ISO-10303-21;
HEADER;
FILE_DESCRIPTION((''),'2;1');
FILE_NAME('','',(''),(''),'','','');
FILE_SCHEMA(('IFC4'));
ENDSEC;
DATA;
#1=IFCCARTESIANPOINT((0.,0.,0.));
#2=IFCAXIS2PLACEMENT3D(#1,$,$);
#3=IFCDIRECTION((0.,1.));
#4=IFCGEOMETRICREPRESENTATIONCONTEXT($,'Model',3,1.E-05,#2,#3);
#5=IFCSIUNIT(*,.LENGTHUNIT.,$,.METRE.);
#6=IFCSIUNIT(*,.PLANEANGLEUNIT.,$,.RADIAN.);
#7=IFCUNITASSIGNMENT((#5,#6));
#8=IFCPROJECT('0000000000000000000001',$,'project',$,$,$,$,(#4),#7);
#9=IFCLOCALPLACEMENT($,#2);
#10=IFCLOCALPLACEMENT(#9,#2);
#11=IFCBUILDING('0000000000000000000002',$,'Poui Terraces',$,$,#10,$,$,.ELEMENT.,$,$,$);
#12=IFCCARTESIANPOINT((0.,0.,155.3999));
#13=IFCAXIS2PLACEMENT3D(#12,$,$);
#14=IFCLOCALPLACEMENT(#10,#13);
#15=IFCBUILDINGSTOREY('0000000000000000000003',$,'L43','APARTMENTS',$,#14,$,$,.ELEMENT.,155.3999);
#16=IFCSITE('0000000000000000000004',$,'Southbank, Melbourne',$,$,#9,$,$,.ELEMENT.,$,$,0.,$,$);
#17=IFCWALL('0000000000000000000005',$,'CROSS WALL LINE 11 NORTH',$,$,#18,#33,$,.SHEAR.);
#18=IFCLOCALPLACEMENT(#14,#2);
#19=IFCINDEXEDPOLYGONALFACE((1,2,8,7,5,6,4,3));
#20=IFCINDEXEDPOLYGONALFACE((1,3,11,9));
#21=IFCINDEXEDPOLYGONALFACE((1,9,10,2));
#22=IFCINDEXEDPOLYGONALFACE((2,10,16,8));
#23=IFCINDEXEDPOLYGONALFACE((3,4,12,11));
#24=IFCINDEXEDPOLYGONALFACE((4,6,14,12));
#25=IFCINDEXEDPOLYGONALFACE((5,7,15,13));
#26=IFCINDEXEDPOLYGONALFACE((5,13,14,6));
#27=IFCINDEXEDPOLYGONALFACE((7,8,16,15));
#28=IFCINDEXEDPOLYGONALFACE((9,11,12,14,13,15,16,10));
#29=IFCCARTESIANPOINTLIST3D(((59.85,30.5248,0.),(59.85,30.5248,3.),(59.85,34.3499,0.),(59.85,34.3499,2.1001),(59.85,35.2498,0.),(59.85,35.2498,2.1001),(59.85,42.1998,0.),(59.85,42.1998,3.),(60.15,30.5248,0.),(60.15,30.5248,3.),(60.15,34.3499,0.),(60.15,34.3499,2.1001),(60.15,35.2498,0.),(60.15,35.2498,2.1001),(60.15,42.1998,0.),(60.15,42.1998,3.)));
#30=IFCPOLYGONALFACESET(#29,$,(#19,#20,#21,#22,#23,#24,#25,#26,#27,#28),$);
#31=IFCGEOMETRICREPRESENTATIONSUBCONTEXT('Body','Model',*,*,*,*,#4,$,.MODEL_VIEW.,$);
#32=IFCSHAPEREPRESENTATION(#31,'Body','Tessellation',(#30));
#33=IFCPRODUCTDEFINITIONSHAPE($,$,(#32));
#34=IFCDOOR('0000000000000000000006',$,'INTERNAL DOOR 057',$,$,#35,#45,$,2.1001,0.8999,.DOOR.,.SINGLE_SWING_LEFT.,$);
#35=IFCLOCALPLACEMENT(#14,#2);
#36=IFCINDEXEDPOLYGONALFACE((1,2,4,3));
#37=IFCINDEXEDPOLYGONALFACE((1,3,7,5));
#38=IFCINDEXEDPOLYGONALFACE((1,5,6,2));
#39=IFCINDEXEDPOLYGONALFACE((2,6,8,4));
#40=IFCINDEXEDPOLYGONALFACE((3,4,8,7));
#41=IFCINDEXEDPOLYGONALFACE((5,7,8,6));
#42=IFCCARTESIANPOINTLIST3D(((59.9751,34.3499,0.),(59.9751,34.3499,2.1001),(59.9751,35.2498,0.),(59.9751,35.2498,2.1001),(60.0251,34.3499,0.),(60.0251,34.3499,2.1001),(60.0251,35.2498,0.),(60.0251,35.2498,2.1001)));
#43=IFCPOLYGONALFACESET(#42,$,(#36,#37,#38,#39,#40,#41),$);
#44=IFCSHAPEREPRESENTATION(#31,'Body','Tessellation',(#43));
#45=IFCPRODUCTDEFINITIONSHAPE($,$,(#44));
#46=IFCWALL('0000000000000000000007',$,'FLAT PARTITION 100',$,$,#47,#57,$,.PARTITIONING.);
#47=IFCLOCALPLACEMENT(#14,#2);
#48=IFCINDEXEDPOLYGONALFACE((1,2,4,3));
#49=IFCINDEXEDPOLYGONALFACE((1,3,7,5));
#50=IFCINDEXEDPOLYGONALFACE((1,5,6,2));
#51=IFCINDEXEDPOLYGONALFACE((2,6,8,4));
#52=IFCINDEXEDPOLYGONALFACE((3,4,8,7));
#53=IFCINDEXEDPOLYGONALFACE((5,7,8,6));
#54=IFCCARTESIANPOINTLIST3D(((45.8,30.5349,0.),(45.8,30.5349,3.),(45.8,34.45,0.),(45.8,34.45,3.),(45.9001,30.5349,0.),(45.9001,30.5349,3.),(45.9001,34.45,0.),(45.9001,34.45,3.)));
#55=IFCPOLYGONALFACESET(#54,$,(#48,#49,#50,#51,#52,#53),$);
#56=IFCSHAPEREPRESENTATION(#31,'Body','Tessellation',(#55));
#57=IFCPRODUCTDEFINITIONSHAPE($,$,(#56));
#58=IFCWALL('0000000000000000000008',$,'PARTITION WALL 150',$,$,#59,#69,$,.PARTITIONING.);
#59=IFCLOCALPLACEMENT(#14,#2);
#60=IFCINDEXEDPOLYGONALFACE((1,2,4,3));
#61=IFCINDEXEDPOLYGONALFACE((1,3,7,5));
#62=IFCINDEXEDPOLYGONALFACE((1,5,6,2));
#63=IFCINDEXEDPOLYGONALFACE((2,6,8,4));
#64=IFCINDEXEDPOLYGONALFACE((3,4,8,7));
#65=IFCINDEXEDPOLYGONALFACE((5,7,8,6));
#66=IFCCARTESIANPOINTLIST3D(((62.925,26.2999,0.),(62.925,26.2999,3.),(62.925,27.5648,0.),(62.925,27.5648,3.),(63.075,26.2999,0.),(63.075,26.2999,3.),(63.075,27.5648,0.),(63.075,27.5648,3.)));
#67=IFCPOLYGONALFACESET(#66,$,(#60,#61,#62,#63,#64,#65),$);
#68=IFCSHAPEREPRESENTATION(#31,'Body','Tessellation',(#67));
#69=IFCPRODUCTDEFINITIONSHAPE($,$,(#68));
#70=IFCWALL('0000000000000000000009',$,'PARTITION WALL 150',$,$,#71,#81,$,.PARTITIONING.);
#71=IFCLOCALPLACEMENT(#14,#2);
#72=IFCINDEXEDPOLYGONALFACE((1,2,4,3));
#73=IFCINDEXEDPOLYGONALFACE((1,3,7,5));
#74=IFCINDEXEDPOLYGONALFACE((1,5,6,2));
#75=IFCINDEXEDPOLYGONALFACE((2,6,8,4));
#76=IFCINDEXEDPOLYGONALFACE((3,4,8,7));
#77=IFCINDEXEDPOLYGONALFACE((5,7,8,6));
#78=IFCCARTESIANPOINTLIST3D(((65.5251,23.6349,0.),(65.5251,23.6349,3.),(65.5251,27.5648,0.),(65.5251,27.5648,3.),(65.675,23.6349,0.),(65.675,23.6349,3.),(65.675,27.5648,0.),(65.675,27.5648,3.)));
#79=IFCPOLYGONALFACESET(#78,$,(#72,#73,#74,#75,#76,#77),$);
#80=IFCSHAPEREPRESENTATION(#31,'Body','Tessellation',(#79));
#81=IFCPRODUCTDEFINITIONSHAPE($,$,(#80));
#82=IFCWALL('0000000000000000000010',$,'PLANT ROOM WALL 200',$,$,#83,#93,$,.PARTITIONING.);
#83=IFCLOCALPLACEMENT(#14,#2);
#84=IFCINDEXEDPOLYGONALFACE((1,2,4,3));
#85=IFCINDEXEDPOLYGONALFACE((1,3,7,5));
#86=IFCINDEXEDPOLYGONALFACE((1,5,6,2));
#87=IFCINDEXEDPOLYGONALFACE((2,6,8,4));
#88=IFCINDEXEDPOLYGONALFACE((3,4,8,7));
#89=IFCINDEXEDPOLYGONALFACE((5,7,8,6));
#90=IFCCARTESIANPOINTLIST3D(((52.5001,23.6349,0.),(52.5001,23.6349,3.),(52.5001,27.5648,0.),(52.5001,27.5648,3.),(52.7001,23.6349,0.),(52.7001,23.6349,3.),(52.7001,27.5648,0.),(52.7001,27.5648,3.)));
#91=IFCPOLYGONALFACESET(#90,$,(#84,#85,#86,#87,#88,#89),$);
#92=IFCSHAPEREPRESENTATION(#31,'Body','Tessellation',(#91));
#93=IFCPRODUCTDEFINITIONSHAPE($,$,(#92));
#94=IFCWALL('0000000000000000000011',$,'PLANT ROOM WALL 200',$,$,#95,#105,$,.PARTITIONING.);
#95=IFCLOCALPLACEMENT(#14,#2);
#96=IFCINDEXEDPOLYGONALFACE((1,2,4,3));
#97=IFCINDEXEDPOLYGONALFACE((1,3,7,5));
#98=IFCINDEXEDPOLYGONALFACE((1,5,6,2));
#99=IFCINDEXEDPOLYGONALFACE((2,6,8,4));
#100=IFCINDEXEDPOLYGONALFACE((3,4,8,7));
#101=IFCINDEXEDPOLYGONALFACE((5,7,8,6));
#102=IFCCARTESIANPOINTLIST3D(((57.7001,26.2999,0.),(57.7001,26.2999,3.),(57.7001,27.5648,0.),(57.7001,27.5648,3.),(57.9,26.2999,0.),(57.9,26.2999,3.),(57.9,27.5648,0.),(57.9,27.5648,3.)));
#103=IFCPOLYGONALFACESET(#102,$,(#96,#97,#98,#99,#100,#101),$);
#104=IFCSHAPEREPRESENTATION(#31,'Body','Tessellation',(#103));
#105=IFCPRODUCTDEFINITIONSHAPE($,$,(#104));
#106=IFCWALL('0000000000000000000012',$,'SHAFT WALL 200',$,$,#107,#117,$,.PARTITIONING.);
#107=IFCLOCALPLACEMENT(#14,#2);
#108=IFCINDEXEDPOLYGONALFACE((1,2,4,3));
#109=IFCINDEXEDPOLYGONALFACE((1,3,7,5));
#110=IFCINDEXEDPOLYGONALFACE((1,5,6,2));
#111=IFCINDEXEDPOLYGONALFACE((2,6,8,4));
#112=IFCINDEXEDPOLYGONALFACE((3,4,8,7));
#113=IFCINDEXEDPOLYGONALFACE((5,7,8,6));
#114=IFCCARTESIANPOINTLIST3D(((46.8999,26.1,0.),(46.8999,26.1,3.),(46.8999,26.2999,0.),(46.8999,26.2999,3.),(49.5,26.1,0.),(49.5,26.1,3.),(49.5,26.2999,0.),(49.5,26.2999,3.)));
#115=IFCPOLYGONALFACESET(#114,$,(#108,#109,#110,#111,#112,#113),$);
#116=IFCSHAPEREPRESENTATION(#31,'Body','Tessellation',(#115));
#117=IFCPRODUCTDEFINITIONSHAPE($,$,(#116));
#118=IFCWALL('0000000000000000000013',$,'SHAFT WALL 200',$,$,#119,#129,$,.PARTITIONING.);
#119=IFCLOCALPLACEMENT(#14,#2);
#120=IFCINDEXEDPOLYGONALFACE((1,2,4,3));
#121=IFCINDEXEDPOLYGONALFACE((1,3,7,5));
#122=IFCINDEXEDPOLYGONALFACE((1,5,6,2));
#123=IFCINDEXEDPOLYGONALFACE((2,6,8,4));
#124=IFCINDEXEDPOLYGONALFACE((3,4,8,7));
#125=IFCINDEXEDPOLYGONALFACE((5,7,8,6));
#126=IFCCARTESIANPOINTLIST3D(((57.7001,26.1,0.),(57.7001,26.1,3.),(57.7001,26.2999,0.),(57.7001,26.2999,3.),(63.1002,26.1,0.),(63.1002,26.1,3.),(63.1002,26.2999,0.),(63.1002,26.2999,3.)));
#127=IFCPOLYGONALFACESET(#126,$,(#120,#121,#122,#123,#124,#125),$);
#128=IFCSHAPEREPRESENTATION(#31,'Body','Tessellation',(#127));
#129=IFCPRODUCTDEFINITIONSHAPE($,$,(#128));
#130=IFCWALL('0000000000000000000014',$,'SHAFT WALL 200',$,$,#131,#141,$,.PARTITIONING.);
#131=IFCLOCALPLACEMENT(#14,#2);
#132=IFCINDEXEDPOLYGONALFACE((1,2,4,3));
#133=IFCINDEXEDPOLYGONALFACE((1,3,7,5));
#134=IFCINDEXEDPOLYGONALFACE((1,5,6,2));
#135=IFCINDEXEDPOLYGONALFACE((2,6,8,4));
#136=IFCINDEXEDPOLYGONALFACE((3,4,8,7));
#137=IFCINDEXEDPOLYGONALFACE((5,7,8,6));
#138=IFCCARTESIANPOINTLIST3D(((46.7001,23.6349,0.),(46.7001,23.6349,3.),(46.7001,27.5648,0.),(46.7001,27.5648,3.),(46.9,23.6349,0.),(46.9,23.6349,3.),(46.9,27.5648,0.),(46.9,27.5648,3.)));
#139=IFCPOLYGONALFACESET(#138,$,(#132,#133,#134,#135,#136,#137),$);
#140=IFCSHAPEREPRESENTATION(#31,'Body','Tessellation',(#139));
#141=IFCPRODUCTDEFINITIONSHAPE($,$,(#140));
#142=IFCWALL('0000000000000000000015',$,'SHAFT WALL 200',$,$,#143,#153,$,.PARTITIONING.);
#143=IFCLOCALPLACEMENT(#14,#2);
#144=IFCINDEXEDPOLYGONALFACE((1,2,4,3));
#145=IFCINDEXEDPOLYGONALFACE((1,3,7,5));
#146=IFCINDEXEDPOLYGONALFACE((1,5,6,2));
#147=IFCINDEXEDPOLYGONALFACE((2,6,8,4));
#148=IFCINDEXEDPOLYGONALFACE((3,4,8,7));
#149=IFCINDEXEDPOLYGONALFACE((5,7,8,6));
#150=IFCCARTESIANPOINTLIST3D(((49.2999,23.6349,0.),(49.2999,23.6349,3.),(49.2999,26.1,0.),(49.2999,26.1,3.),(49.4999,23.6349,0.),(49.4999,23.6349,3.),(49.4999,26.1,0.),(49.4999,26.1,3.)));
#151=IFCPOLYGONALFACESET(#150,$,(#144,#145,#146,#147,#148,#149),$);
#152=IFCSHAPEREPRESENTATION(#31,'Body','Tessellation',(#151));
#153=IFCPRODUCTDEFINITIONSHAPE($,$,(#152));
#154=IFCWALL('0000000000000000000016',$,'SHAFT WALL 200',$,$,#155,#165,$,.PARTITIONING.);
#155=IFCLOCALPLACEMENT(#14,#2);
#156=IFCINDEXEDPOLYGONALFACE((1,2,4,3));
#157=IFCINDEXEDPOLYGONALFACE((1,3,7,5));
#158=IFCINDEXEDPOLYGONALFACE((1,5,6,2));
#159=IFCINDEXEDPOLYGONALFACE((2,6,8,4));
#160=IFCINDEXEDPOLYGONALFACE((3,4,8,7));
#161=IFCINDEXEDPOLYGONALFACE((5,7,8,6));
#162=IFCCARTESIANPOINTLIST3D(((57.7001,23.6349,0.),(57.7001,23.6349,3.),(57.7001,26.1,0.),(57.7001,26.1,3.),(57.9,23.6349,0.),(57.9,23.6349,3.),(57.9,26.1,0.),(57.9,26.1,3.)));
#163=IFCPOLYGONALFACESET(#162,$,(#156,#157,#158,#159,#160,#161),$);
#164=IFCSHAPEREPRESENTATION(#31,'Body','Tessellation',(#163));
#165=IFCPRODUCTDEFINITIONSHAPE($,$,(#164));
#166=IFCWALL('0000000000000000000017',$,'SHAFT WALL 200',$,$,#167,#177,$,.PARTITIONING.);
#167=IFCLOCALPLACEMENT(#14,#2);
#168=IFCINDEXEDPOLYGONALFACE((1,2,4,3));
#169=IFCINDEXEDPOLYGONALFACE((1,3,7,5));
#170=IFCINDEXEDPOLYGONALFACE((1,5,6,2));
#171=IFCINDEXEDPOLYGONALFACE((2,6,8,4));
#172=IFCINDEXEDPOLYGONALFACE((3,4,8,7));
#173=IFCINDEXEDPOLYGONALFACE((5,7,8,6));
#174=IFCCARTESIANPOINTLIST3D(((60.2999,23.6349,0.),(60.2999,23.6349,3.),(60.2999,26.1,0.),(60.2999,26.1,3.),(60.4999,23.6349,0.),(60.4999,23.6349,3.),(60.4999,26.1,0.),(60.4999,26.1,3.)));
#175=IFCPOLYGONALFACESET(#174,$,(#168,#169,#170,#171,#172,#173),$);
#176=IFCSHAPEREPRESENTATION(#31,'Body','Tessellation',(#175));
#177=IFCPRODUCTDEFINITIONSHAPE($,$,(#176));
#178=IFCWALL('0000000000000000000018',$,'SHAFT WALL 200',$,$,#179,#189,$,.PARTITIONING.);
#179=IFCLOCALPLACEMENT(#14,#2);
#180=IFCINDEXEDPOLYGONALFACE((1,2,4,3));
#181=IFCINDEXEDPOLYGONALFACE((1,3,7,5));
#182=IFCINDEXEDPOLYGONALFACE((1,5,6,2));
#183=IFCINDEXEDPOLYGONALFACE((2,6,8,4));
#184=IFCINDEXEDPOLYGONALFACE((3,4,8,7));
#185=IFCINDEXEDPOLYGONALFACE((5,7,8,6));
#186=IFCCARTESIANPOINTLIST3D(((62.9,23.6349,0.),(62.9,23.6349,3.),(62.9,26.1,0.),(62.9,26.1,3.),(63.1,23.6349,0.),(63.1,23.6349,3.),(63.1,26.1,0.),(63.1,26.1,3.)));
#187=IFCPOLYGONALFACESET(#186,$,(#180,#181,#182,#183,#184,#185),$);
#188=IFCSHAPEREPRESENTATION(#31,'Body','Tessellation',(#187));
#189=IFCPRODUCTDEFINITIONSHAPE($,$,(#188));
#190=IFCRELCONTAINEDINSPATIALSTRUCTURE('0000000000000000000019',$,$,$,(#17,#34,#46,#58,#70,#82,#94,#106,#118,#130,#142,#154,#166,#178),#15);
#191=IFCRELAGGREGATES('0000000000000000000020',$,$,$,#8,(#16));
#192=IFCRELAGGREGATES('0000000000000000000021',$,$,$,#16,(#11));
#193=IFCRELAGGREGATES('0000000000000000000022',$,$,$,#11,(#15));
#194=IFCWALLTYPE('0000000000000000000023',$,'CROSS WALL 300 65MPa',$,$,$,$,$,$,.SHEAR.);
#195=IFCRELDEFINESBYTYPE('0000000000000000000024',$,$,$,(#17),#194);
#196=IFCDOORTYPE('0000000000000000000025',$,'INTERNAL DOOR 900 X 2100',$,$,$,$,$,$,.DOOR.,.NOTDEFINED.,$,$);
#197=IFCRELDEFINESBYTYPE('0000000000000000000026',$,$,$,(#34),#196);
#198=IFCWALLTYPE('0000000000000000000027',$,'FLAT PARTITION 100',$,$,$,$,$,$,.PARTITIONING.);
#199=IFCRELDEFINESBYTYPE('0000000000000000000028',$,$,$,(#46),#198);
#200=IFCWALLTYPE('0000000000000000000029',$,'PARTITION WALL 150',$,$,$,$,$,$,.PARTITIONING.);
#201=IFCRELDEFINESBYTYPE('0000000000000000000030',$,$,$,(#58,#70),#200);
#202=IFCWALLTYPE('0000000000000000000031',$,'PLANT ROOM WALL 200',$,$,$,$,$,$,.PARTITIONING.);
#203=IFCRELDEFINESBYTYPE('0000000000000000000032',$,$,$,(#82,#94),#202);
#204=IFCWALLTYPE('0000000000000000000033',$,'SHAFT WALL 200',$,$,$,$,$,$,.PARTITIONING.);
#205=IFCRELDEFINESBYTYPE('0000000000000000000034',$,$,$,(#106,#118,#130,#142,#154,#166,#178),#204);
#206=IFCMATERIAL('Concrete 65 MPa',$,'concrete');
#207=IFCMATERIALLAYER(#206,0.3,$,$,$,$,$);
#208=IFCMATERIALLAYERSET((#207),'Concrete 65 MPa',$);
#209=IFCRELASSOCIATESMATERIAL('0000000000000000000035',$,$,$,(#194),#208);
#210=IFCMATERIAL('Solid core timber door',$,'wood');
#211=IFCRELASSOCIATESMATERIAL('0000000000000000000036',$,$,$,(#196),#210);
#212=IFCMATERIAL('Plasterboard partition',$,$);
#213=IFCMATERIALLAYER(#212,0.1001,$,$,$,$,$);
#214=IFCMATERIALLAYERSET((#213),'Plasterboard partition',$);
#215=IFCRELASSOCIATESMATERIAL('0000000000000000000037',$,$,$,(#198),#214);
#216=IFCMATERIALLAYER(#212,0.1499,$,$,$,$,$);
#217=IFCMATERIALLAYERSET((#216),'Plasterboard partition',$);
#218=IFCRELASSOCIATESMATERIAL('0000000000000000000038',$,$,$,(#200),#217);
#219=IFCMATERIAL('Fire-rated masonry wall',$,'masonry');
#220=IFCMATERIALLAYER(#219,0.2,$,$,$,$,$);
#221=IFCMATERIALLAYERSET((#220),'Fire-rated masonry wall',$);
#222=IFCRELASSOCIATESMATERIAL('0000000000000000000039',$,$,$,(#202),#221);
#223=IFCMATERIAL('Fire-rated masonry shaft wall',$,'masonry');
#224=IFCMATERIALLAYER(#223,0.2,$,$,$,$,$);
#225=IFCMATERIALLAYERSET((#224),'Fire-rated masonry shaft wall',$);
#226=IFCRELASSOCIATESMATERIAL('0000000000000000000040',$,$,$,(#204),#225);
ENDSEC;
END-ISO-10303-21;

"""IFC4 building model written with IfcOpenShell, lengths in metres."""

from ifc_helpers import new_model, si_unit, direction, frame, frame_2d, origin, place, context, subcontext, project, spatial, rectangle, extrude, material, layer, layer_set, type_object, element, fill, save


model = new_model("IFC4")

# Units and contexts
model_context = context("Model", 3, precision=1e-05, world=origin(), true_north=direction((0.0, 1.0)))
body_context = subcontext(model_context, "Body", "Model", "MODEL_VIEW")
ifc_project = project(units=[si_unit("LENGTHUNIT", "METRE"), si_unit("PLANEANGLEUNIT", "RADIAN")], contexts=[model_context])

# Site, building, storey
site_placement = place(None, origin())
site = spatial("IfcSite", under=ifc_project, at=site_placement, Name="Southbank, Melbourne", CompositionType="ELEMENT", RefElevation=0.0)
building_placement = place(site_placement, origin())
building = spatial("IfcBuilding", under=site, at=building_placement, Name="Poui Terraces", CompositionType="ELEMENT")
storey_placement = place(building_placement, frame((0.0, 0.0, 155.3999)))
storey = spatial("IfcBuildingStorey", under=building, at=storey_placement, Name="L43", Description="APARTMENTS", CompositionType="ELEMENT", Elevation=155.3999)

# Shared definitions
ifc_material_1 = material(Name="Concrete 65 MPa", Category="concrete")

# Shared definitions
ifc_layer_1 = layer(ifc_material_1, 0.3)
ifc_layer_set_1 = layer_set([ifc_layer_1], Name="Concrete 65 MPa")
wall_type_1 = type_object("IfcWallType", Name="CROSS WALL 300 65MPa", PredefinedType="SHEAR", material=ifc_layer_set_1)

# Wall, opening, door
ifc_material_2 = material(Name="Solid core timber door", Category="wood")
door_type_1 = type_object("IfcDoorType", Name="INTERNAL DOOR 900 X 2100", OperationType="NOTDEFINED", PredefinedType="DOOR", material=ifc_material_2)
wall_1_placement = place(storey_placement, frame((60.0, 30.5249, 0.0), z_axis=(0.0, 0.0, 1.0), x_axis=(0.0, 1.0, 0.0)))
wall_1 = element("IfcWall", 1, at=wall_1_placement, inside=storey, type_object=wall_type_1, Name="CROSS WALL LINE 11 NORTH", PredefinedType="SHEAR", context=body_context, shape_type="SweptSolid", body=[
    extrude(rectangle(XDim=11.675, YDim=0.3, at=frame_2d((5.8374, 0.0))), origin(), (0.0, 0.0, 1.0), 3.0),
])
opening_1_placement = place(wall_1_placement, frame((3.825, 0.0, 0.0)))
opening_1 = element("IfcOpeningElement", 2, at=opening_1_placement, cuts=wall_1, PredefinedType="OPENING", context=body_context, shape_type="SweptSolid", body=[
    extrude(rectangle(XDim=0.8999, YDim=2.1001, at=frame_2d((0.45, 1.05))), frame((0.0, 0.1602, 0.0), z_axis=(0.0, -1.0, 0.0), x_axis=(1.0, 0.0, 0.0)), (0.0, 0.0, 1.0), 0.3201),
])
door_1_placement = place(opening_1_placement, origin())
door_1 = element("IfcDoor", 3, at=door_1_placement, inside=storey, type_object=door_type_1, Name="INTERNAL DOOR 057", OperationType="SINGLE_SWING_LEFT", OverallHeight=2.1001, OverallWidth=0.8999, PredefinedType="DOOR", context=body_context, shape_type="SweptSolid", body=[
    extrude(rectangle(XDim=0.8999, YDim=2.1001, at=frame_2d((0.45, 1.05))), frame((0.0, 0.0249, 0.0), z_axis=(0.0, -1.0, 0.0), x_axis=(1.0, 0.0, 0.0)), (0.0, 0.0, 1.0), 0.05),
])
fill(opening_1, door_1)

# Walls
ifc_material_3 = material(Name="Plasterboard partition")
ifc_layer_2 = layer(ifc_material_3, 0.1001)
ifc_layer_set_2 = layer_set([ifc_layer_2], Name="Plasterboard partition")
wall_type_2 = type_object("IfcWallType", Name="FLAT PARTITION 100", PredefinedType="PARTITIONING", material=ifc_layer_set_2)
wall_2_placement = place(storey_placement, frame((45.8501, 30.5349, 0.0), z_axis=(0.0, 0.0, 1.0), x_axis=(0.0, 1.0, 0.0)))
element("IfcWall", 4, at=wall_2_placement, inside=storey, type_object=wall_type_2, Name="FLAT PARTITION 100", PredefinedType="PARTITIONING", context=body_context, shape_type="SweptSolid", body=[
    extrude(rectangle(XDim=3.915, YDim=0.1001, at=frame_2d((1.9575, 0.0))), origin(), (0.0, 0.0, 1.0), 3.0),
])
ifc_layer_3 = layer(ifc_material_3, 0.1499)
ifc_layer_set_3 = layer_set([ifc_layer_3], Name="Plasterboard partition")
wall_type_3 = type_object("IfcWallType", Name="PARTITION WALL 150", PredefinedType="PARTITIONING", material=ifc_layer_set_3)
wall_3_placement = place(storey_placement, frame((63.0, 26.3, 0.0), z_axis=(0.0, 0.0, 1.0), x_axis=(0.0, 1.0, 0.0)))
element("IfcWall", 5, at=wall_3_placement, inside=storey, type_object=wall_type_3, Name="PARTITION WALL 150", PredefinedType="PARTITIONING", context=body_context, shape_type="SweptSolid", body=[
    extrude(rectangle(XDim=1.2649, YDim=0.1499, at=frame_2d((0.6323, 0.0))), origin(), (0.0, 0.0, 1.0), 3.0),
])
wall_4_placement = place(storey_placement, frame((65.6001, 23.635, 0.0), z_axis=(0.0, 0.0, 1.0), x_axis=(0.0, 1.0, 0.0)))
element("IfcWall", 6, at=wall_4_placement, inside=storey, type_object=wall_type_3, Name="PARTITION WALL 150", PredefinedType="PARTITIONING", context=body_context, shape_type="SweptSolid", body=[
    extrude(rectangle(XDim=3.9299, YDim=0.1499, at=frame_2d((1.9648, 0.0))), origin(), (0.0, 0.0, 1.0), 3.0),
])
ifc_material_4 = material(Name="Fire-rated masonry wall", Category="masonry")
ifc_layer_4 = layer(ifc_material_4, 0.2)
ifc_layer_set_4 = layer_set([ifc_layer_4], Name="Fire-rated masonry wall")
wall_type_4 = type_object("IfcWallType", Name="PLANT ROOM WALL 200", PredefinedType="PARTITIONING", material=ifc_layer_set_4)
wall_5_placement = place(storey_placement, frame((52.6001, 23.635, 0.0), z_axis=(0.0, 0.0, 1.0), x_axis=(0.0, 1.0, 0.0)))
element("IfcWall", 7, at=wall_5_placement, inside=storey, type_object=wall_type_4, Name="PLANT ROOM WALL 200", PredefinedType="PARTITIONING", context=body_context, shape_type="SweptSolid", body=[
    extrude(rectangle(XDim=3.9299, YDim=0.2, at=frame_2d((1.9648, 0.0))), origin(), (0.0, 0.0, 1.0), 3.0),
])
wall_6_placement = place(storey_placement, frame((57.8, 26.3, 0.0), z_axis=(0.0, 0.0, 1.0), x_axis=(0.0, 1.0, 0.0)))
element("IfcWall", 8, at=wall_6_placement, inside=storey, type_object=wall_type_4, Name="PLANT ROOM WALL 200", PredefinedType="PARTITIONING", context=body_context, shape_type="SweptSolid", body=[
    extrude(rectangle(XDim=1.2649, YDim=0.2, at=frame_2d((0.6323, 0.0))), origin(), (0.0, 0.0, 1.0), 3.0),
])
ifc_material_5 = material(Name="Fire-rated masonry shaft wall", Category="masonry")
ifc_layer_5 = layer(ifc_material_5, 0.2)
ifc_layer_set_5 = layer_set([ifc_layer_5], Name="Fire-rated masonry shaft wall")
wall_type_5 = type_object("IfcWallType", Name="SHAFT WALL 200", PredefinedType="PARTITIONING", material=ifc_layer_set_5)
wall_7_placement = place(storey_placement, frame((46.8999, 26.2, 0.0), z_axis=(0.0, 0.0, 1.0), x_axis=(1.0, 0.0, 0.0)))
element("IfcWall", 9, at=wall_7_placement, inside=storey, type_object=wall_type_5, Name="SHAFT WALL 200", PredefinedType="PARTITIONING", context=body_context, shape_type="SweptSolid", body=[
    extrude(rectangle(XDim=2.6001, YDim=0.2, at=frame_2d((1.3, 0.0))), origin(), (0.0, 0.0, 1.0), 3.0),
])
wall_8_placement = place(storey_placement, frame((57.7, 26.2, 0.0), z_axis=(0.0, 0.0, 1.0), x_axis=(1.0, 0.0, 0.0)))
element("IfcWall", 10, at=wall_8_placement, inside=storey, type_object=wall_type_5, Name="SHAFT WALL 200", PredefinedType="PARTITIONING", context=body_context, shape_type="SweptSolid", body=[
    extrude(rectangle(XDim=5.4001, YDim=0.2, at=frame_2d((2.7002, 0.0))), origin(), (0.0, 0.0, 1.0), 3.0),
])
wall_9_placement = place(storey_placement, frame((46.8, 23.635, 0.0), z_axis=(0.0, 0.0, 1.0), x_axis=(0.0, 1.0, 0.0)))
element("IfcWall", 11, at=wall_9_placement, inside=storey, type_object=wall_type_5, Name="SHAFT WALL 200", PredefinedType="PARTITIONING", context=body_context, shape_type="SweptSolid", body=[
    extrude(rectangle(XDim=3.9299, YDim=0.2, at=frame_2d((1.9648, 0.0))), origin(), (0.0, 0.0, 1.0), 3.0),
])
for number, where, z_axis, x_axis, name in (
    (12, (49.3999, 23.635, 0.0), (0.0, 0.0, 1.0), (0.0, 1.0, 0.0), "SHAFT WALL 200"),
    (13, (57.8, 23.635, 0.0), (0.0, 0.0, 1.0), (0.0, 1.0, 0.0), "SHAFT WALL 200"),
    (14, (60.3999, 23.635, 0.0), (0.0, 0.0, 1.0), (0.0, 1.0, 0.0), "SHAFT WALL 200"),
    (15, (63.0, 23.635, 0.0), (0.0, 0.0, 1.0), (0.0, 1.0, 0.0), "SHAFT WALL 200"),
):
    element("IfcWall", number, at=place(storey_placement, frame(where, z_axis=z_axis, x_axis=x_axis)), inside=storey, type_object=wall_type_5, Name=name, PredefinedType="PARTITIONING", context=body_context, shape_type="SweptSolid", body=[
        extrude(rectangle(XDim=2.4651, YDim=0.2, at=frame_2d((1.2324, 0.0))), origin(), (0.0, 0.0, 1.0), 3.0),
    ])

save(model, "model.ifc")
